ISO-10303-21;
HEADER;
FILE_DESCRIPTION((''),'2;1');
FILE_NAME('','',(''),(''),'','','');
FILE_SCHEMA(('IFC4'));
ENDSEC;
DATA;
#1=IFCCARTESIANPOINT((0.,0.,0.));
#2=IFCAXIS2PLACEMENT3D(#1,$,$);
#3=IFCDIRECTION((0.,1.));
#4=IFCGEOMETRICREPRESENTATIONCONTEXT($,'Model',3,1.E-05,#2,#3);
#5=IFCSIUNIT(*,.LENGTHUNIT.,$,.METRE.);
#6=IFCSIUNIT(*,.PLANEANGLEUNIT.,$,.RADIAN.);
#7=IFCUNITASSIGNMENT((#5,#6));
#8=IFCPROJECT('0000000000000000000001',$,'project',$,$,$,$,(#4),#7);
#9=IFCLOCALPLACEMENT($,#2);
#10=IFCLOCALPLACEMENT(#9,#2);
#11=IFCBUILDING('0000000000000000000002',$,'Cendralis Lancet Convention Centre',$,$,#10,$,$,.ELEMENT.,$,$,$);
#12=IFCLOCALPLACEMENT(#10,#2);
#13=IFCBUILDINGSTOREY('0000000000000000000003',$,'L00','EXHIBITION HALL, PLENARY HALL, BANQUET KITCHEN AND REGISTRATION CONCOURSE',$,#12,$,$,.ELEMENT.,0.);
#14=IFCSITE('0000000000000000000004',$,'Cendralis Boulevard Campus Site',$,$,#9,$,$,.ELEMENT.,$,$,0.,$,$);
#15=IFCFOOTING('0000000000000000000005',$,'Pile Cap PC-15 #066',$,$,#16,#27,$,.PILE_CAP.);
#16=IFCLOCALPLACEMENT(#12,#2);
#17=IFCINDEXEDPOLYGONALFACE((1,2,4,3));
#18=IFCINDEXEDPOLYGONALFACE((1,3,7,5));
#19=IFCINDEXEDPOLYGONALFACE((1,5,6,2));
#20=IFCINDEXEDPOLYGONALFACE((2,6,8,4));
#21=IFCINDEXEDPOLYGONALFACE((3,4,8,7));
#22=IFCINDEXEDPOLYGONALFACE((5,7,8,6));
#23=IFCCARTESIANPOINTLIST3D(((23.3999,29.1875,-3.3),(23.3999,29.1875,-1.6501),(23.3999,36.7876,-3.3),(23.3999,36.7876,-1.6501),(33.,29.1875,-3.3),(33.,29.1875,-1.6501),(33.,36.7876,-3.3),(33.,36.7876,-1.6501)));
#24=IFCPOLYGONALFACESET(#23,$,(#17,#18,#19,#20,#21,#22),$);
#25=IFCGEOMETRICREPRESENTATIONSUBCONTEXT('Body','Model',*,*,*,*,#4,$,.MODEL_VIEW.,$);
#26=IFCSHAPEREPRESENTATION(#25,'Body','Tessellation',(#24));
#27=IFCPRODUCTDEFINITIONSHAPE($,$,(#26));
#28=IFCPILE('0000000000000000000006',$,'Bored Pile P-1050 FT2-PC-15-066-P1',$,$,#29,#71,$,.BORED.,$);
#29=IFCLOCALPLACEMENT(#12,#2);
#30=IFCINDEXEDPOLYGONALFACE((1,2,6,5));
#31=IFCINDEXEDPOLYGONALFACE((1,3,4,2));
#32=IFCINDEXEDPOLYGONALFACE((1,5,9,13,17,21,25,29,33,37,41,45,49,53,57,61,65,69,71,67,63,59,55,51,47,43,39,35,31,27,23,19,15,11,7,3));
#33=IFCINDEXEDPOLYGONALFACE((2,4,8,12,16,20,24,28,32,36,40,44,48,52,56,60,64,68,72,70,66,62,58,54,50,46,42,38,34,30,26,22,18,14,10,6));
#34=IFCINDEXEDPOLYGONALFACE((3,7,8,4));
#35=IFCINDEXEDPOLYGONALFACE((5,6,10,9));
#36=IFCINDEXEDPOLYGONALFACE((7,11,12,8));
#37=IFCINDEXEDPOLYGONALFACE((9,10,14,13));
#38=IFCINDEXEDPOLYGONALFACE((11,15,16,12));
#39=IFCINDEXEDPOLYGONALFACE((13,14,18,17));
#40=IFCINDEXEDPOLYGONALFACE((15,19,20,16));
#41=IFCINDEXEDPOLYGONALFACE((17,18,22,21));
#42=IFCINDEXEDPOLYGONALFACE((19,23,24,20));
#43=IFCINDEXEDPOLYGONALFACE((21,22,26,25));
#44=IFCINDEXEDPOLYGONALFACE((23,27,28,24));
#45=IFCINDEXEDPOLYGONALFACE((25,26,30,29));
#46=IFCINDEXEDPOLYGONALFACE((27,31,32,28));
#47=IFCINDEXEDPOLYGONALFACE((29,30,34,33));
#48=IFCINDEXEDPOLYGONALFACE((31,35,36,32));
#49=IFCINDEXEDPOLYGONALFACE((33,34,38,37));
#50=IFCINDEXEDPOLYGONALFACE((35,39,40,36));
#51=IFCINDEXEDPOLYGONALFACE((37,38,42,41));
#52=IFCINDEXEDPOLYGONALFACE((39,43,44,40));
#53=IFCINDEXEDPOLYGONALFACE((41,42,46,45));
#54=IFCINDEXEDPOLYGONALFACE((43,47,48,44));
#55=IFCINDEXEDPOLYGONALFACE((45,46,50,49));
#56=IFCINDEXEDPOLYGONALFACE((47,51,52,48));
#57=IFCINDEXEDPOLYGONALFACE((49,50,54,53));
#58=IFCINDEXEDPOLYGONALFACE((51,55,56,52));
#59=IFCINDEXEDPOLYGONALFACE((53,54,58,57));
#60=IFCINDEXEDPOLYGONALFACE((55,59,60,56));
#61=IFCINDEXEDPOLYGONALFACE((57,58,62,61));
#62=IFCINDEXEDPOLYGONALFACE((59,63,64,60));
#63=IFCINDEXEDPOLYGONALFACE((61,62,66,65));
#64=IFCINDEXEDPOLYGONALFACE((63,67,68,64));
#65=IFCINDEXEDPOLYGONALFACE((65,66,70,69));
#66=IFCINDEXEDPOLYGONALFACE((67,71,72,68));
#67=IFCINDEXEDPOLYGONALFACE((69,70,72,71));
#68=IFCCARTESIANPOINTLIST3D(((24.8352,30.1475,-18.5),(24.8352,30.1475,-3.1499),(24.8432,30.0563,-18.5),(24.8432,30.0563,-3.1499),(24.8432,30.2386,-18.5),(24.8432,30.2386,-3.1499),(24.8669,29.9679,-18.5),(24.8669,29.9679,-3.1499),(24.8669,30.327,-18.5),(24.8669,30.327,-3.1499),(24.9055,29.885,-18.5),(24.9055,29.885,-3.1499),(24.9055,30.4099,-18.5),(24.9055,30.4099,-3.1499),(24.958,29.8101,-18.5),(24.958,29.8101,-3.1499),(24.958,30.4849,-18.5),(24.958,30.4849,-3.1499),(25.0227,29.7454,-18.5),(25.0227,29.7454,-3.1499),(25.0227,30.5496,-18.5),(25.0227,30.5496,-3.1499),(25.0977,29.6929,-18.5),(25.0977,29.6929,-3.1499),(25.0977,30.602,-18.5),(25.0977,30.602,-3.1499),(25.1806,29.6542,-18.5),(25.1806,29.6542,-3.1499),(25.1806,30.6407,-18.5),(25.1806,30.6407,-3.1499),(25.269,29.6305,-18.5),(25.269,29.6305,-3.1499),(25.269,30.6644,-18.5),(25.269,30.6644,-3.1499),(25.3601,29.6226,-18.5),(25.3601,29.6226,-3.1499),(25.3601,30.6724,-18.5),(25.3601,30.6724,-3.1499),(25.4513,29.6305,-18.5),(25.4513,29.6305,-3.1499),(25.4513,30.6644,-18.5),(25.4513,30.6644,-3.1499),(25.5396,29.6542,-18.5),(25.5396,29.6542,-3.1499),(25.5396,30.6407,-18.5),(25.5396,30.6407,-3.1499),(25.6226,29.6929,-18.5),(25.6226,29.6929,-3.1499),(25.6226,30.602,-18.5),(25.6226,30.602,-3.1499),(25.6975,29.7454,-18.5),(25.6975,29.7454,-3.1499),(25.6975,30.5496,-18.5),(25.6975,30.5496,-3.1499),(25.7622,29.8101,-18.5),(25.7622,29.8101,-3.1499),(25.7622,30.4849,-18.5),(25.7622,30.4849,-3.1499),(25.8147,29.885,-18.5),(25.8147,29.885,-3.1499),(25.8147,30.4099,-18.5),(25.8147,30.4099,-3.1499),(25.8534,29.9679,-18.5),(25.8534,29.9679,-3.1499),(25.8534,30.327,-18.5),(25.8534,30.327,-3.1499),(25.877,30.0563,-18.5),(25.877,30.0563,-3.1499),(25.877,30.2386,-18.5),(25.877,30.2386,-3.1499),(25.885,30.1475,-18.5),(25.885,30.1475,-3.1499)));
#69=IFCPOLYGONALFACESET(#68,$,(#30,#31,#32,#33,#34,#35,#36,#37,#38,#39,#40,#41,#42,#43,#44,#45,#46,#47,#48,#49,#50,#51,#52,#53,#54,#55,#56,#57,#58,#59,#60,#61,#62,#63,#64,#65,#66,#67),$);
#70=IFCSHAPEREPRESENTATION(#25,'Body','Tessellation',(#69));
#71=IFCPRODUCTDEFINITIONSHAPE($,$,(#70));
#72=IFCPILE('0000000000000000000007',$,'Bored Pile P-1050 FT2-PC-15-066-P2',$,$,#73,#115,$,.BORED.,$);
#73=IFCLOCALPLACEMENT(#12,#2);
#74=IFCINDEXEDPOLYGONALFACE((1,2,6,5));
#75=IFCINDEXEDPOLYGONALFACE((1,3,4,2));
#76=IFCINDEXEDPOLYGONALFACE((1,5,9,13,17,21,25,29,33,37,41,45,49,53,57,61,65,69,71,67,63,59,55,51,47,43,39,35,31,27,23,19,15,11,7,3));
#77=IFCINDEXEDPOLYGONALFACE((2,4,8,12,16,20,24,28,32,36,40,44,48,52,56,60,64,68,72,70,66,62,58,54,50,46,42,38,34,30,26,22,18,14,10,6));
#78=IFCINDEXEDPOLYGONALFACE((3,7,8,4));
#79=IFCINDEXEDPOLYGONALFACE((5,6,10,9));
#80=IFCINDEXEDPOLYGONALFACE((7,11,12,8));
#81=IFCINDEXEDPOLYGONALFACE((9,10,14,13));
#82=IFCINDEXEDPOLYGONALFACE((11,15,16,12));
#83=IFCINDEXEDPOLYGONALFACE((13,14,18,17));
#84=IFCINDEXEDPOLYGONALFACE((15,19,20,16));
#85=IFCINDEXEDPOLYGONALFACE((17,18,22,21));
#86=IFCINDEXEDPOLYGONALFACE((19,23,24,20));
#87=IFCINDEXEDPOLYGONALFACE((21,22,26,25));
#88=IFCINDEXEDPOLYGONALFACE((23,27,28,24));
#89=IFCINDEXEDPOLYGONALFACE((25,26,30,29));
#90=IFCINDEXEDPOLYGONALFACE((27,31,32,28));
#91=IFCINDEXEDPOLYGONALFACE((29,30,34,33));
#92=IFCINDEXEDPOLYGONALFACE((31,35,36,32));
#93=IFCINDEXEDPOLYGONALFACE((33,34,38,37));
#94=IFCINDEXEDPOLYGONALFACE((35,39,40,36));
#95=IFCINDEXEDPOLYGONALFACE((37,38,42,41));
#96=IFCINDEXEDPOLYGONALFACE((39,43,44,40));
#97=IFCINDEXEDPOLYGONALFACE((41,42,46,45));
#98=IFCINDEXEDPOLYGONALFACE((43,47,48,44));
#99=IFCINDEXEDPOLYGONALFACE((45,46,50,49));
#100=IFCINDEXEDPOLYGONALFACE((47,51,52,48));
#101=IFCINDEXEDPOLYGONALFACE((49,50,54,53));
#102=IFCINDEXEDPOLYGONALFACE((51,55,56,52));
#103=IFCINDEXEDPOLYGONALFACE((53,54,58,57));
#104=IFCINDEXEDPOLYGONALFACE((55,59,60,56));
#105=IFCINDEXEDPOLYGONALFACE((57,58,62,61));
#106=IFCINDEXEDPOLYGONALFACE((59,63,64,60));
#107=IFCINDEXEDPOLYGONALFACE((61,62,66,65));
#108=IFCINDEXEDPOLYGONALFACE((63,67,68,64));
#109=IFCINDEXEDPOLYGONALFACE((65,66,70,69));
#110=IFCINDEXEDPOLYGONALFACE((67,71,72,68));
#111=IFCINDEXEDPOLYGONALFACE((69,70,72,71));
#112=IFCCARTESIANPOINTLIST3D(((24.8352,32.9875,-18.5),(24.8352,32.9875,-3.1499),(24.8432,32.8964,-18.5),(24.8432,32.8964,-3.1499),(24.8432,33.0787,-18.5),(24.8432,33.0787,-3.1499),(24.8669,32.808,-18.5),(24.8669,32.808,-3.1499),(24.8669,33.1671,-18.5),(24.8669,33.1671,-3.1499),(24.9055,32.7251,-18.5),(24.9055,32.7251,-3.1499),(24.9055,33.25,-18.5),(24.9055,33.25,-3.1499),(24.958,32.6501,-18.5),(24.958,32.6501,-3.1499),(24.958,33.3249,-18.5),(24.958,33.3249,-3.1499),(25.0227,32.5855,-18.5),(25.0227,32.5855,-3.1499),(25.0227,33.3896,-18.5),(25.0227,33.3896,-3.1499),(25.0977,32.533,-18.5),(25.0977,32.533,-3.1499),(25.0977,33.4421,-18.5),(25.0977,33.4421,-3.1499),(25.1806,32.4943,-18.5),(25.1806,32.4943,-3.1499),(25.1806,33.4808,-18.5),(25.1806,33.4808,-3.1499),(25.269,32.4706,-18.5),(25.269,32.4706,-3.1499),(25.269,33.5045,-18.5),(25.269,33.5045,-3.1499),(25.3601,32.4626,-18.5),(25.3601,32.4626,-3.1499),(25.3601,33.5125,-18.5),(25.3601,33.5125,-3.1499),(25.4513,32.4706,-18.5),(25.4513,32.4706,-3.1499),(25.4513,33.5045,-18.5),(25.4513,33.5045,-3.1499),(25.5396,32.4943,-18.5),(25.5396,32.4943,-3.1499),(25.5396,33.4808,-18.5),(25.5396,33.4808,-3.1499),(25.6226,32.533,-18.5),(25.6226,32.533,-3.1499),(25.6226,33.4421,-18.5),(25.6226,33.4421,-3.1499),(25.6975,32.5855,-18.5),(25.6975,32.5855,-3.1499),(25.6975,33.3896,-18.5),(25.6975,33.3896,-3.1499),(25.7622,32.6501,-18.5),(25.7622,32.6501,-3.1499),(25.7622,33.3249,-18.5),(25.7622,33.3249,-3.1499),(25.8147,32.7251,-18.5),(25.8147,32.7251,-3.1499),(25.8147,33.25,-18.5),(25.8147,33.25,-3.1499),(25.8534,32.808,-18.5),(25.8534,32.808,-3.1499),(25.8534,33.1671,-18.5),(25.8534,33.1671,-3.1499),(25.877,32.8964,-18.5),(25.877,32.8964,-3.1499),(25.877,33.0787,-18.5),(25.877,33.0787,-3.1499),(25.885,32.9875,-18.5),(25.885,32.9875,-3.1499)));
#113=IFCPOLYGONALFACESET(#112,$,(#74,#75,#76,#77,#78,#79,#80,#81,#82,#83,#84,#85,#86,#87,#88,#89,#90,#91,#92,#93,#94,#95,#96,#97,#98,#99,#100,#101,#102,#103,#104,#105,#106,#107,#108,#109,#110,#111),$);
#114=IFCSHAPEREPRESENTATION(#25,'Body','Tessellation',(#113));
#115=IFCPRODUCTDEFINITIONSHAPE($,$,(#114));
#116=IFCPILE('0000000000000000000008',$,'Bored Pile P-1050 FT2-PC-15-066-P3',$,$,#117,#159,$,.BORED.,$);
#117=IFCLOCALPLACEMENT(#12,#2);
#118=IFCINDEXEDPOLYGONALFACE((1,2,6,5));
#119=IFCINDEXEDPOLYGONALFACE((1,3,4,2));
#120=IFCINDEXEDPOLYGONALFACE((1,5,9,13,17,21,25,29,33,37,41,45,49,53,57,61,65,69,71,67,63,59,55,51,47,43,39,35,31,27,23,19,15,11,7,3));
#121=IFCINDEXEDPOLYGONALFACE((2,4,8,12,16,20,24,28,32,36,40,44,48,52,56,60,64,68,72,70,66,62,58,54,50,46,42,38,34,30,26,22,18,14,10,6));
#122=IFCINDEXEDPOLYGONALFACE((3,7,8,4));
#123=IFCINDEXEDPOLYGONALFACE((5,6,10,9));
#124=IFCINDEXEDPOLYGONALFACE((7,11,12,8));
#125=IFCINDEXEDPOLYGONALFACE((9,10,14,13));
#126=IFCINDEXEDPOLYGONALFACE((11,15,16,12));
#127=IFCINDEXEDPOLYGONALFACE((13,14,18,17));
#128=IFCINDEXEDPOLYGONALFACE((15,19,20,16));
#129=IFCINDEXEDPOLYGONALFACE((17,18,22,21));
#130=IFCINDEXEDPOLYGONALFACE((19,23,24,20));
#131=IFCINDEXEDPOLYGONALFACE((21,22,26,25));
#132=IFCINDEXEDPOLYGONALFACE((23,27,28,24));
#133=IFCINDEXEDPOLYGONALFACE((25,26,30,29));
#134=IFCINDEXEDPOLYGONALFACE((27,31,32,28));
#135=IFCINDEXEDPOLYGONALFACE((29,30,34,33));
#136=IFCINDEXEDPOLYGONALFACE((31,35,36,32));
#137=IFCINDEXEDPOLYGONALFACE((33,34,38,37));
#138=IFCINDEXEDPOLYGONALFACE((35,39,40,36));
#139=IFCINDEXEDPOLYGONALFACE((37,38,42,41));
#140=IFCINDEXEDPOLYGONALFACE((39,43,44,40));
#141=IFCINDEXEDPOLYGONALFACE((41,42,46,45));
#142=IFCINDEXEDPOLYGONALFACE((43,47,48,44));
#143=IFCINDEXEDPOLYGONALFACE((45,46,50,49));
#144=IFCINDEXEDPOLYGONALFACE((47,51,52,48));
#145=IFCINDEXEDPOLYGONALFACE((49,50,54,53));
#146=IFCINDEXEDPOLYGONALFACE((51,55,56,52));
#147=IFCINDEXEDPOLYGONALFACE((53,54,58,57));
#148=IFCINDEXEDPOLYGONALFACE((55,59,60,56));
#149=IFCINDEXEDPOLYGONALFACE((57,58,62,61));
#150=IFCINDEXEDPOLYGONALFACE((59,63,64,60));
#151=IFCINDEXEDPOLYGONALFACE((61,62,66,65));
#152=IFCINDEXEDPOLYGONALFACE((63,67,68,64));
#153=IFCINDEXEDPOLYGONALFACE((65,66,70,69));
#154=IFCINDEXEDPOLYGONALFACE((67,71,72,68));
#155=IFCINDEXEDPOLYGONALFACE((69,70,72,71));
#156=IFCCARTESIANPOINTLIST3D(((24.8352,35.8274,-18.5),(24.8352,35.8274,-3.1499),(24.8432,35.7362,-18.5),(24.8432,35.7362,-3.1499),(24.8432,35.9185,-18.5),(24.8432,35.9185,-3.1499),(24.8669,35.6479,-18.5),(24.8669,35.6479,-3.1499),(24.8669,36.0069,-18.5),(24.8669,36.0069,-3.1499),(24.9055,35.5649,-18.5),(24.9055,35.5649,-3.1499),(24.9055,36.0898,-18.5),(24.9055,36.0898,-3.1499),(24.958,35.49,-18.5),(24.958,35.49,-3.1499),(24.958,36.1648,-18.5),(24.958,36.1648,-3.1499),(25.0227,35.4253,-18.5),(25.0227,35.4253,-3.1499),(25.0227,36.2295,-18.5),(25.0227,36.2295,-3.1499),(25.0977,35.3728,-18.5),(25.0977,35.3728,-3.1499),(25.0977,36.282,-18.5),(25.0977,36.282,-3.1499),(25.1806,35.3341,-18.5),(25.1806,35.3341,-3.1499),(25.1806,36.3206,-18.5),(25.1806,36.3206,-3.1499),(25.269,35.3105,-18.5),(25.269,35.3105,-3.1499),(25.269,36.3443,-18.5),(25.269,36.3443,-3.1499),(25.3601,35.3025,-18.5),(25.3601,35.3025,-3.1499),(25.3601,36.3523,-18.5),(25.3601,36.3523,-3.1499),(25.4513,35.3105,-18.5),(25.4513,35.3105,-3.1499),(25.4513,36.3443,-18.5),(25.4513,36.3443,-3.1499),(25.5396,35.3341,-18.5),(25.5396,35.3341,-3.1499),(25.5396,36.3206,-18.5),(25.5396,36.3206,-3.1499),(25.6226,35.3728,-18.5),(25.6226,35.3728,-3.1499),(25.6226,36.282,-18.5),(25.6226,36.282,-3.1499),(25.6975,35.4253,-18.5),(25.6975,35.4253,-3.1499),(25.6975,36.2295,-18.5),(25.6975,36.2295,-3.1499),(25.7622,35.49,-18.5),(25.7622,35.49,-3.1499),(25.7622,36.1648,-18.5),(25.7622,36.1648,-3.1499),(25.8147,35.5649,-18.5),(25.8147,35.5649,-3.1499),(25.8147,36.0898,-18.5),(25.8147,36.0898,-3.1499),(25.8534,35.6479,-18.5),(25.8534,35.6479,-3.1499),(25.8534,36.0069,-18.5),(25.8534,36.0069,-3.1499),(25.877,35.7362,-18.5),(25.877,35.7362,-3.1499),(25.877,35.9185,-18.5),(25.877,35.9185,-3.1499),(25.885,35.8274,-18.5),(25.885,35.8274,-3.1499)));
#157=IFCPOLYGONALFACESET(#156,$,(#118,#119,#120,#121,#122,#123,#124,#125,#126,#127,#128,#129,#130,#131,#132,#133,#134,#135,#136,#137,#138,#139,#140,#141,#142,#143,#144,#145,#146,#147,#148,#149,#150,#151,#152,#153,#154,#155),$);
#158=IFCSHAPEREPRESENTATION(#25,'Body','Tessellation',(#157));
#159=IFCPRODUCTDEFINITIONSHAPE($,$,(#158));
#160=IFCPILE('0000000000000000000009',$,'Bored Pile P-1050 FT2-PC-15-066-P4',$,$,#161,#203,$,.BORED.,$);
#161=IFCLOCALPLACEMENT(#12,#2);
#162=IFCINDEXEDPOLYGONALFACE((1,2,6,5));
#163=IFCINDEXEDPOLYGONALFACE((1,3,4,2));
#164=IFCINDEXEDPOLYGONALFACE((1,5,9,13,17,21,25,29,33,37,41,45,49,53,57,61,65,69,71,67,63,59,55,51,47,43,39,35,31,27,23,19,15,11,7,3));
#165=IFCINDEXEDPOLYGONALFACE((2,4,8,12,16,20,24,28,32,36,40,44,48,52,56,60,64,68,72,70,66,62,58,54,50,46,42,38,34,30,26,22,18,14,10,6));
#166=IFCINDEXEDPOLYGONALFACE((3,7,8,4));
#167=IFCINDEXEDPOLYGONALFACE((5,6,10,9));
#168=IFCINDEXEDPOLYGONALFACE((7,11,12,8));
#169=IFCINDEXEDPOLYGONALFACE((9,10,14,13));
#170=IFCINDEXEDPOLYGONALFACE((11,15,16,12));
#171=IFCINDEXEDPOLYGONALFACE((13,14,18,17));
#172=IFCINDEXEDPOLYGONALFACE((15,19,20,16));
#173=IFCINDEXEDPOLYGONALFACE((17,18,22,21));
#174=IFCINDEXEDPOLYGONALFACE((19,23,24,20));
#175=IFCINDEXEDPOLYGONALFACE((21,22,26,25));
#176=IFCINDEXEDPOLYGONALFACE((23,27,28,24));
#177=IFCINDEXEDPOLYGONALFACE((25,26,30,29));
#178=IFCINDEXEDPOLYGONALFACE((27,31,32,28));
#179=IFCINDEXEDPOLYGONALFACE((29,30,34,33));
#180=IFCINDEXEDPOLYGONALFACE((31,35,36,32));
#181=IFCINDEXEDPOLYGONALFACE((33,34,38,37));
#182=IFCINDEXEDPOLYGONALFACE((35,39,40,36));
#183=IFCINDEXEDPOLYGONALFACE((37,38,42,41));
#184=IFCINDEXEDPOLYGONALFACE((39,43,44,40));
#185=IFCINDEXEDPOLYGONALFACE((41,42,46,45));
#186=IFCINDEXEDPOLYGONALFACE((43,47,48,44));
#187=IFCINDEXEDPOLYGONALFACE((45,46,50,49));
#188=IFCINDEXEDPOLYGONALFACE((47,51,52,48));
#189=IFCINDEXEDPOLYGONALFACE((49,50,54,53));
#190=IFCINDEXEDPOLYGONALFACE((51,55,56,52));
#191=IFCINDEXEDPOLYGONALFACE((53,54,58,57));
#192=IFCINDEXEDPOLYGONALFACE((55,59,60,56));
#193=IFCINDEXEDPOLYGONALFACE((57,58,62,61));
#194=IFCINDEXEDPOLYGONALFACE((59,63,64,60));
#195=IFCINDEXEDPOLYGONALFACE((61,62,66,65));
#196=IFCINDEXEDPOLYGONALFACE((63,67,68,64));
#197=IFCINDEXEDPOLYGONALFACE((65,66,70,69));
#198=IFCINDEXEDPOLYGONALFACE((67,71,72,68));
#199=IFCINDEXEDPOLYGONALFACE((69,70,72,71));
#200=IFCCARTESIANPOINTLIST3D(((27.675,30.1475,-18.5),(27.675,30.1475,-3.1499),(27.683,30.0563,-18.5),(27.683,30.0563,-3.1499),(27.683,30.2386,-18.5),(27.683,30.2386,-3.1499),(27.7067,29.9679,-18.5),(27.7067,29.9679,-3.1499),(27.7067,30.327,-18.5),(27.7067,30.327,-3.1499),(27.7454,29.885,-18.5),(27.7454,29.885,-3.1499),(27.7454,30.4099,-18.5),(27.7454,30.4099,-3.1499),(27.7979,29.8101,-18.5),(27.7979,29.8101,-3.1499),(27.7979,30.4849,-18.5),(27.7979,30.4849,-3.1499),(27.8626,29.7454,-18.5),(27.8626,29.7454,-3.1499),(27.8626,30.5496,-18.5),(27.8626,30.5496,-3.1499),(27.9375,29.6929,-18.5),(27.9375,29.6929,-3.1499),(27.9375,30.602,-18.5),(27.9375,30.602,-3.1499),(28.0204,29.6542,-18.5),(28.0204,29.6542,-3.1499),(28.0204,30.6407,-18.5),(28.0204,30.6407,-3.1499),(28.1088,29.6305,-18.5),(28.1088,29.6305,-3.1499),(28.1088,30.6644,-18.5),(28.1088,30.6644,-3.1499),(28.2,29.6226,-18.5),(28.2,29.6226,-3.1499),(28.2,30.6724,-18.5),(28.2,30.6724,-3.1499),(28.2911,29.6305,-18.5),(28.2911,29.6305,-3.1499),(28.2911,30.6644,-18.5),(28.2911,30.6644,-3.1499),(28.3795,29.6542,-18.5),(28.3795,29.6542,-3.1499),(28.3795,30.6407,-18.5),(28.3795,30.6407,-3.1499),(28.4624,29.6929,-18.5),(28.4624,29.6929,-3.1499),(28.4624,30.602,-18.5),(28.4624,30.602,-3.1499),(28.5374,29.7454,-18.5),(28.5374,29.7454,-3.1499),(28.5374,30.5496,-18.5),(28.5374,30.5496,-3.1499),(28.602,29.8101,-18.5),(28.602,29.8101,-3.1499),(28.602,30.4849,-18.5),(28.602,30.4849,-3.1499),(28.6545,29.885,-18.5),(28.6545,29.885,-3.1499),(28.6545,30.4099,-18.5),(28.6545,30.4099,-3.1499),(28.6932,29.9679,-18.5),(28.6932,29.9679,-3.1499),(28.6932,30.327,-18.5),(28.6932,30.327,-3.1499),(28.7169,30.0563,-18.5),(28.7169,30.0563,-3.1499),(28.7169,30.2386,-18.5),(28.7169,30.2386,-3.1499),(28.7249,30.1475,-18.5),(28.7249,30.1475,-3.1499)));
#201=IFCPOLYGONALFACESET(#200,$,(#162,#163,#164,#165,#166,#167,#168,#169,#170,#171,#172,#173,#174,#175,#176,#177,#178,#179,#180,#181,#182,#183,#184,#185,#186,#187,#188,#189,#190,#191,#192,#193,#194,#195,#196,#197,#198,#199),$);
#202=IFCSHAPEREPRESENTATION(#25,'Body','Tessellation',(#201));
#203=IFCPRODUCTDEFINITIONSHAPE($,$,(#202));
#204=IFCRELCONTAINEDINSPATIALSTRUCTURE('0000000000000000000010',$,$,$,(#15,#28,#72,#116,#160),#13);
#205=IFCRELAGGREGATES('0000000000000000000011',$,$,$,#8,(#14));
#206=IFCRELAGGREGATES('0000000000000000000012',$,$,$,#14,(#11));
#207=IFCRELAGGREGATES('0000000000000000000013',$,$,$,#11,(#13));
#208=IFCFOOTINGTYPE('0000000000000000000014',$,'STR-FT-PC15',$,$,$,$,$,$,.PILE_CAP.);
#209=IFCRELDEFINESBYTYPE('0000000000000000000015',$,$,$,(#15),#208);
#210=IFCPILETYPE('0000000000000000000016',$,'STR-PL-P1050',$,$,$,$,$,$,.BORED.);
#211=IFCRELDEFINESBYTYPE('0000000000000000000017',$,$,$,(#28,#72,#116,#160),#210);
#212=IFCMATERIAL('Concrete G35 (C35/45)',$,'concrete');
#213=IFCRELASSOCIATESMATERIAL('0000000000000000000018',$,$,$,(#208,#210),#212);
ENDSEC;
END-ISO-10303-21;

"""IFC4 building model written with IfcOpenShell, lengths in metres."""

from ifc_helpers import new_model, si_unit, direction, frame, origin, origin_2d, place, context, subcontext, project, spatial, rectangle, circle, extrude, material, material_profile, profile_set, type_object, element, save


model = new_model("IFC4")

# Units and contexts
model_context = context("Model", 3, precision=1e-05, world=origin(), true_north=direction((0.0, 1.0)))
body_context = subcontext(model_context, "Body", "Model", "MODEL_VIEW")
ifc_project = project(units=[si_unit("LENGTHUNIT", "METRE"), si_unit("PLANEANGLEUNIT", "RADIAN")], contexts=[model_context])

# Site, building, storey
site_placement = place(None, origin())
site = spatial("IfcSite", under=ifc_project, at=site_placement, Name="Cendralis Boulevard Campus Site", CompositionType="ELEMENT", RefElevation=0.0)
building_placement = place(site_placement, origin())
building = spatial("IfcBuilding", under=site, at=building_placement, Name="Cendralis Lancet Convention Centre", CompositionType="ELEMENT")
storey_placement = place(building_placement, origin())
storey = spatial("IfcBuildingStorey", under=building, at=storey_placement, Name="L00", Description="EXHIBITION HALL, PLENARY HALL, BANQUET KITCHEN AND REGISTRATION CONCOURSE", CompositionType="ELEMENT", Elevation=0.0)

# Footing
ifc_material_1 = material(Name="Concrete G35 (C35/45)", Category="concrete")
footing_type = type_object("IfcFootingType", Name="STR-FT-PC15", PredefinedType="PILE_CAP", material=ifc_material_1)
footing_placement = place(storey_placement, frame((28.2, 32.9875, -3.3), z_axis=(0.0, 0.0, 1.0), x_axis=(1.0, 0.0, 0.0)))
element("IfcFooting", 1, at=footing_placement, inside=storey, type_object=footing_type, Name="Pile Cap PC-15 #066", PredefinedType="PILE_CAP", context=body_context, shape_type="SweptSolid", body=[
    extrude(rectangle(XDim=9.6001, YDim=7.6001, at=origin_2d()), origin(), (0.0, 0.0, 1.0), 1.6499),
])

# Piles
ifc_material_profile_1 = material_profile(ifc_material_1, circle(Radius=0.5249, at=origin_2d()), Name="BORED PILE D1050")
ifc_profile_set_1 = profile_set([ifc_material_profile_1], Name="Concrete G35 (C35/45)")
pile_type_1 = type_object("IfcPileType", Name="STR-PL-P1050", PredefinedType="BORED", material=ifc_profile_set_1)
for number, where, z_axis, x_axis, name in (
    (2, (25.3601, 30.1475, -3.1499), (0.0, 0.0, -1.0), (1.0, 0.0, 0.0), "Bored Pile P-1050 FT2-PC-15-066-P1"),
    (3, (25.3601, 32.9875, -3.1499), (0.0, 0.0, -1.0), (1.0, 0.0, 0.0), "Bored Pile P-1050 FT2-PC-15-066-P2"),
    (4, (25.3601, 35.8274, -3.1499), (0.0, 0.0, -1.0), (1.0, 0.0, 0.0), "Bored Pile P-1050 FT2-PC-15-066-P3"),
    (5, (28.2, 30.1475, -3.1499), (0.0, 0.0, -1.0), (1.0, 0.0, 0.0), "Bored Pile P-1050 FT2-PC-15-066-P4"),
):
    element("IfcPile", number, at=place(storey_placement, frame(where, z_axis=z_axis, x_axis=x_axis)), inside=storey, type_object=pile_type_1, Name=name, PredefinedType="BORED", context=body_context, shape_type="SweptSolid", body=[
        extrude(circle(Radius=0.5249, at=origin_2d()), origin(), (0.0, 0.0, 1.0), 15.3501),
    ])

save(model, "model.ifc")
